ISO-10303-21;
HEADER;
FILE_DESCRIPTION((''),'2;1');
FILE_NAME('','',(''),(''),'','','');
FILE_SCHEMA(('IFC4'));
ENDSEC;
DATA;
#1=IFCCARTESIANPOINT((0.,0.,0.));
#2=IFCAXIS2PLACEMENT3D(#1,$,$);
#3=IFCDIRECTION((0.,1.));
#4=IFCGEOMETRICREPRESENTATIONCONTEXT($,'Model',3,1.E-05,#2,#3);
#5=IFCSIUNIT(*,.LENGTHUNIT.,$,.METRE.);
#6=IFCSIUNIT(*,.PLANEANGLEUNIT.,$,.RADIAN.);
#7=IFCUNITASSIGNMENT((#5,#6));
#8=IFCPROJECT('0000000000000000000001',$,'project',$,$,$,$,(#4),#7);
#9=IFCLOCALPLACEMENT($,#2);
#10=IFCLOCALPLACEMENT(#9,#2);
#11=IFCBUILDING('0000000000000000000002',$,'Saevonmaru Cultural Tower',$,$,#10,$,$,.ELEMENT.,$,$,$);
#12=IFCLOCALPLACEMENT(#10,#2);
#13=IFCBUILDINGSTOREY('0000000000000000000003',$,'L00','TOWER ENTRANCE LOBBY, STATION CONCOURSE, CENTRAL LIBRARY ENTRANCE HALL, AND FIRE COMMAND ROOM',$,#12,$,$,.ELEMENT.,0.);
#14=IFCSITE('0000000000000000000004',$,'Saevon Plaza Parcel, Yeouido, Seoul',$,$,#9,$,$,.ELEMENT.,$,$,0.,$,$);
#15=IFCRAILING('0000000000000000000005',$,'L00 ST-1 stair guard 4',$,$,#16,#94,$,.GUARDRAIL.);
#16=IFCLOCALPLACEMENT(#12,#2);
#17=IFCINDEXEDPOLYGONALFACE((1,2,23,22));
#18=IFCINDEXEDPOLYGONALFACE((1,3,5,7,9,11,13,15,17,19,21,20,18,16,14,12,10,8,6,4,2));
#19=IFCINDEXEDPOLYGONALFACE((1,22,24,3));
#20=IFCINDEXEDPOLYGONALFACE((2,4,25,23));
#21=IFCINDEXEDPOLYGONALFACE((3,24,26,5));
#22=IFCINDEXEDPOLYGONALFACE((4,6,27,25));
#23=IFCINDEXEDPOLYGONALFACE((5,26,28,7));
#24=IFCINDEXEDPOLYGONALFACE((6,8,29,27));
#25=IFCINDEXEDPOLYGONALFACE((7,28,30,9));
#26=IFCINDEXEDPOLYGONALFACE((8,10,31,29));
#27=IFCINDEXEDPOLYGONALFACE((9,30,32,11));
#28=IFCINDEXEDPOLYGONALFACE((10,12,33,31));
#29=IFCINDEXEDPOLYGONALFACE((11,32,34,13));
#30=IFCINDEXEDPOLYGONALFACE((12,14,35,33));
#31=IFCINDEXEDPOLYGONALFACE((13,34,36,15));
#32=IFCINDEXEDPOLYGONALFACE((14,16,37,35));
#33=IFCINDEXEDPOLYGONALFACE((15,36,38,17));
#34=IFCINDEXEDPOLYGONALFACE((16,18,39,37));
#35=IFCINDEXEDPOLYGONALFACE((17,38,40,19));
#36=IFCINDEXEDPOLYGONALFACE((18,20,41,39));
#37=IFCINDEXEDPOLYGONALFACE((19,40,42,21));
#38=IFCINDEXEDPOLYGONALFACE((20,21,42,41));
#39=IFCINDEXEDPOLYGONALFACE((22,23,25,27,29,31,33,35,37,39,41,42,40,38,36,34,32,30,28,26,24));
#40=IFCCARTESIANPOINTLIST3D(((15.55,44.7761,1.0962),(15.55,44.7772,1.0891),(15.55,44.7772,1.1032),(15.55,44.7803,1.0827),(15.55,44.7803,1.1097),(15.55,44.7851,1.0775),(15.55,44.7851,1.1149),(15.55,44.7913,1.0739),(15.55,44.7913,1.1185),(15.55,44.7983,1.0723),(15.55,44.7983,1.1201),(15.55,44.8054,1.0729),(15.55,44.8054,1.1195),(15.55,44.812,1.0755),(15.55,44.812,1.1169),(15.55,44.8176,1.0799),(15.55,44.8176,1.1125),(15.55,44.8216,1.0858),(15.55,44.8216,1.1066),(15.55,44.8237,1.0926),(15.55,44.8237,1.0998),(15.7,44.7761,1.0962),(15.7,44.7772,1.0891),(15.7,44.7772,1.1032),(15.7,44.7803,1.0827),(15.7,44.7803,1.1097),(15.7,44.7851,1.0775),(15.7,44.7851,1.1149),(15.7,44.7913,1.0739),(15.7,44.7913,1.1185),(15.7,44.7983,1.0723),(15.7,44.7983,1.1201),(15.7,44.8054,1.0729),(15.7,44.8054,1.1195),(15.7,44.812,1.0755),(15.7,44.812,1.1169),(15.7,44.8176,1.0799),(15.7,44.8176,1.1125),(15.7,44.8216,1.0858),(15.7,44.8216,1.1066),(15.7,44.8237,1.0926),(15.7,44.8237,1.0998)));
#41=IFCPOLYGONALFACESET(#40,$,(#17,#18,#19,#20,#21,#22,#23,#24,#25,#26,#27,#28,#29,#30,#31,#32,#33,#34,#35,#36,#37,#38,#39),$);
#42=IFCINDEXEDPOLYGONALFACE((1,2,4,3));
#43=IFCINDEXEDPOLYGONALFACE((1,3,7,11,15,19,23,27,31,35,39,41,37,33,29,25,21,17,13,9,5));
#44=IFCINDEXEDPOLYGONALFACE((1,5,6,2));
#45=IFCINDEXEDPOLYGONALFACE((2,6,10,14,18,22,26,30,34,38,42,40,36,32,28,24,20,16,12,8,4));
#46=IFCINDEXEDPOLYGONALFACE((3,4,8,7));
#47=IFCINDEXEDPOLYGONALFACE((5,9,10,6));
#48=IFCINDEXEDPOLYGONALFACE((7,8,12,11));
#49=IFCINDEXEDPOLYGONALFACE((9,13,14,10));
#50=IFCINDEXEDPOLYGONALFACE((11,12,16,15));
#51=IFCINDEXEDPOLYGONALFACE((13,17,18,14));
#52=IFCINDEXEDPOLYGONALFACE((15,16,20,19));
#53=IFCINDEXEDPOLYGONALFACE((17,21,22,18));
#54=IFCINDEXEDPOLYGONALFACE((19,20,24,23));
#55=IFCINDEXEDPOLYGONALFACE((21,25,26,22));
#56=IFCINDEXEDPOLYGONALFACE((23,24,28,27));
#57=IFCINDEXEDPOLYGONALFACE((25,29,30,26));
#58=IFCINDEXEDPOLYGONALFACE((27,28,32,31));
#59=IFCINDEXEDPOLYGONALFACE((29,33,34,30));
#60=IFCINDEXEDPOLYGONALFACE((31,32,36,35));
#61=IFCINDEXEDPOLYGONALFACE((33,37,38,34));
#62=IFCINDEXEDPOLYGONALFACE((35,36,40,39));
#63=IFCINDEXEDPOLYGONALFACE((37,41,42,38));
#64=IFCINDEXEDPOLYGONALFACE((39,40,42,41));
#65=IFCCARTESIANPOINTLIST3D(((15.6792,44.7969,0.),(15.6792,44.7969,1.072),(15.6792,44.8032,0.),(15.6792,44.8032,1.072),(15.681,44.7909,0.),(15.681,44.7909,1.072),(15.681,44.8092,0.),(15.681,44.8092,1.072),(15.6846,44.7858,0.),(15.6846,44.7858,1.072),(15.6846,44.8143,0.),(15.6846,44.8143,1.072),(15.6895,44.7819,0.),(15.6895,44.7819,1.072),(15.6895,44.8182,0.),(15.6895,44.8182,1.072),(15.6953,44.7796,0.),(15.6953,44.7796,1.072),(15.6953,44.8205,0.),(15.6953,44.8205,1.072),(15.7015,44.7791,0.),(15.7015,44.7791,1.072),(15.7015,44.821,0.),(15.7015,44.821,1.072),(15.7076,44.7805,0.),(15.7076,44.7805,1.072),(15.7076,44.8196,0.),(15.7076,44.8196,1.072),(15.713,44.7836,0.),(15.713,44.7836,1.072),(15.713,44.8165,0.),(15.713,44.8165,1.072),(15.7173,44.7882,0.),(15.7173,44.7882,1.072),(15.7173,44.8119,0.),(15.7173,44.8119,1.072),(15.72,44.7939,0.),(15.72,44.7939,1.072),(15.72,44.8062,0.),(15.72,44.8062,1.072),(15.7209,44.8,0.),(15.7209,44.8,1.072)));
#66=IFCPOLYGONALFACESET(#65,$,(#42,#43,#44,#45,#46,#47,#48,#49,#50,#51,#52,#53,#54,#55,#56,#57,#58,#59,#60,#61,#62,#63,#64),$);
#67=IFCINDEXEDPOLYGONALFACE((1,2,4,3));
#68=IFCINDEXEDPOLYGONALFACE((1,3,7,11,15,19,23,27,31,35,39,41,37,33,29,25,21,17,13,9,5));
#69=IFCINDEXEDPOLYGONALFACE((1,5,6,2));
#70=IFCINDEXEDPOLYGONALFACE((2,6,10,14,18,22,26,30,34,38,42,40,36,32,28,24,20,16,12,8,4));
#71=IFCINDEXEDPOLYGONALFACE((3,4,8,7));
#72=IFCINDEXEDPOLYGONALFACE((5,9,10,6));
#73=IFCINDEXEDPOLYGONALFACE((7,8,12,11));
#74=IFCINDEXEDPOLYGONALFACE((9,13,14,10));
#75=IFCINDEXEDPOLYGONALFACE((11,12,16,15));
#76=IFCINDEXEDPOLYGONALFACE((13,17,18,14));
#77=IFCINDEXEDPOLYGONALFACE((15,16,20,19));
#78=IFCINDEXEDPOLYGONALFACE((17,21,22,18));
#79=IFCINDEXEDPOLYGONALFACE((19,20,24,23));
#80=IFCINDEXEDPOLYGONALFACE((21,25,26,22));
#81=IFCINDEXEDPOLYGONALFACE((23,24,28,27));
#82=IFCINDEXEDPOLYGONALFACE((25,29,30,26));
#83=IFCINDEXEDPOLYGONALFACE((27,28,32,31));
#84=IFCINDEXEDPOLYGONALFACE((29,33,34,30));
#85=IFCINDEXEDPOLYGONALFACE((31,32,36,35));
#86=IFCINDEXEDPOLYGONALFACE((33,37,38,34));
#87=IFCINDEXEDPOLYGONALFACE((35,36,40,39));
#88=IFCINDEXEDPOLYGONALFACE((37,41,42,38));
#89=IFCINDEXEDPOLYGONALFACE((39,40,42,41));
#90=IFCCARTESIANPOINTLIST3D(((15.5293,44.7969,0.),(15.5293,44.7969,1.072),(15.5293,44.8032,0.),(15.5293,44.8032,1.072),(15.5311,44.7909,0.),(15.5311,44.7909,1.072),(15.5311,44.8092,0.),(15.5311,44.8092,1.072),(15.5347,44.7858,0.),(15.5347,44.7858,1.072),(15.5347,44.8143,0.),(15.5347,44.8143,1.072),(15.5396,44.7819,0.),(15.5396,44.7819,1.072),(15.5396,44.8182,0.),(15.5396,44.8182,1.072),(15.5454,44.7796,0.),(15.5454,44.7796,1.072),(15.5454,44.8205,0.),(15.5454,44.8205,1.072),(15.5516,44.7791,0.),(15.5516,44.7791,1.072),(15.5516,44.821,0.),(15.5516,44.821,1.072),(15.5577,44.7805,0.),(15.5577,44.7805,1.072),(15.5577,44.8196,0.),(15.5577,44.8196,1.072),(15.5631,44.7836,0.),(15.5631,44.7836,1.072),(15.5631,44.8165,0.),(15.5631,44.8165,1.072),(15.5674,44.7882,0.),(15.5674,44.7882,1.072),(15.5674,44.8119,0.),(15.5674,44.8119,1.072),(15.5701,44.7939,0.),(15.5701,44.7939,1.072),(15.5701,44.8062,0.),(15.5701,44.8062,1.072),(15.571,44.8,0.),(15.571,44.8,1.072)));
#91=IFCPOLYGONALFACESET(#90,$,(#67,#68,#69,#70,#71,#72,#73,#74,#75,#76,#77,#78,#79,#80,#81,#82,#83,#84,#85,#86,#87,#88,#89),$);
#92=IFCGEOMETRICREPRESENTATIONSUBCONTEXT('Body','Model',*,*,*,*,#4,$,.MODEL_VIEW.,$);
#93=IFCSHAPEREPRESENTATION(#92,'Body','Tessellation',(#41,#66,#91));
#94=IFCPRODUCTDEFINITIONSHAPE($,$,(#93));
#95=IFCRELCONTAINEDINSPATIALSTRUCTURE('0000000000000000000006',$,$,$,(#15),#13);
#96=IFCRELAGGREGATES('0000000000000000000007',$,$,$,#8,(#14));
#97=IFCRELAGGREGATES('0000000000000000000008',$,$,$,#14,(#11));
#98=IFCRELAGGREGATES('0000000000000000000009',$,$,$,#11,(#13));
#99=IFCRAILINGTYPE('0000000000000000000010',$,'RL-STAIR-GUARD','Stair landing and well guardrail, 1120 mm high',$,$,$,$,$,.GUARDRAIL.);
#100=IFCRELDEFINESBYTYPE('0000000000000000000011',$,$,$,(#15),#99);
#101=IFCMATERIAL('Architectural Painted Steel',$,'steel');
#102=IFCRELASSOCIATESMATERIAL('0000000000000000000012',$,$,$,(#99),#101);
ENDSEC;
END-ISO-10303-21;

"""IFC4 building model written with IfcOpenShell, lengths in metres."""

from ifc_helpers import new_model, si_unit, direction, frame, origin, origin_2d, place, context, subcontext, project, spatial, circle, extrude, material, type_object, element, save


model = new_model("IFC4")

# Units and contexts
model_context = context("Model", 3, precision=1e-05, world=origin(), true_north=direction((0.0, 1.0)))
body_context = subcontext(model_context, "Body", "Model", "MODEL_VIEW")
ifc_project = project(units=[si_unit("LENGTHUNIT", "METRE"), si_unit("PLANEANGLEUNIT", "RADIAN")], contexts=[model_context])

# Site, building, storey
site_placement = place(None, origin())
site = spatial("IfcSite", under=ifc_project, at=site_placement, Name="Saevon Plaza Parcel, Yeouido, Seoul", CompositionType="ELEMENT", RefElevation=0.0)
building_placement = place(site_placement, origin())
building = spatial("IfcBuilding", under=site, at=building_placement, Name="Saevonmaru Cultural Tower", CompositionType="ELEMENT")
storey_placement = place(building_placement, origin())
storey = spatial("IfcBuildingStorey", under=building, at=storey_placement, Name="L00", Description="TOWER ENTRANCE LOBBY, STATION CONCOURSE, CENTRAL LIBRARY ENTRANCE HALL, AND FIRE COMMAND ROOM", CompositionType="ELEMENT", Elevation=0.0)

# Railing
ifc_material_1 = material(Name="Architectural Painted Steel", Category="steel")
railing_type_1 = type_object("IfcRailingType", Name="RL-STAIR-GUARD", Description="Stair landing and well guardrail, 1120 mm high", PredefinedType="GUARDRAIL", material=ifc_material_1)
railing_1_placement = place(storey_placement, frame((15.7, 44.8, 0.0)))
element("IfcRailing", 1, at=railing_1_placement, inside=storey, type_object=railing_type_1, Name="L00 ST-1 stair guard 4", PredefinedType="GUARDRAIL", context=body_context, shape_type="SweptSolid", body=[
    extrude(circle(Radius=0.0239, at=origin_2d()), frame((0.0, 0.0, 1.0962), z_axis=(-1.0, 0.0, 0.0), x_axis=(0.0, -1.0, 0.0)), (0.0, 0.0, 1.0), 0.1499),
    extrude(circle(Radius=0.021, at=origin_2d()), origin(), (0.0, 0.0, 1.0), 1.072),
    extrude(circle(Radius=0.021, at=origin_2d()), frame((-0.1499, 0.0, 0.0)), (0.0, 0.0, 1.0), 1.072),
])

save(model, "model.ifc")
